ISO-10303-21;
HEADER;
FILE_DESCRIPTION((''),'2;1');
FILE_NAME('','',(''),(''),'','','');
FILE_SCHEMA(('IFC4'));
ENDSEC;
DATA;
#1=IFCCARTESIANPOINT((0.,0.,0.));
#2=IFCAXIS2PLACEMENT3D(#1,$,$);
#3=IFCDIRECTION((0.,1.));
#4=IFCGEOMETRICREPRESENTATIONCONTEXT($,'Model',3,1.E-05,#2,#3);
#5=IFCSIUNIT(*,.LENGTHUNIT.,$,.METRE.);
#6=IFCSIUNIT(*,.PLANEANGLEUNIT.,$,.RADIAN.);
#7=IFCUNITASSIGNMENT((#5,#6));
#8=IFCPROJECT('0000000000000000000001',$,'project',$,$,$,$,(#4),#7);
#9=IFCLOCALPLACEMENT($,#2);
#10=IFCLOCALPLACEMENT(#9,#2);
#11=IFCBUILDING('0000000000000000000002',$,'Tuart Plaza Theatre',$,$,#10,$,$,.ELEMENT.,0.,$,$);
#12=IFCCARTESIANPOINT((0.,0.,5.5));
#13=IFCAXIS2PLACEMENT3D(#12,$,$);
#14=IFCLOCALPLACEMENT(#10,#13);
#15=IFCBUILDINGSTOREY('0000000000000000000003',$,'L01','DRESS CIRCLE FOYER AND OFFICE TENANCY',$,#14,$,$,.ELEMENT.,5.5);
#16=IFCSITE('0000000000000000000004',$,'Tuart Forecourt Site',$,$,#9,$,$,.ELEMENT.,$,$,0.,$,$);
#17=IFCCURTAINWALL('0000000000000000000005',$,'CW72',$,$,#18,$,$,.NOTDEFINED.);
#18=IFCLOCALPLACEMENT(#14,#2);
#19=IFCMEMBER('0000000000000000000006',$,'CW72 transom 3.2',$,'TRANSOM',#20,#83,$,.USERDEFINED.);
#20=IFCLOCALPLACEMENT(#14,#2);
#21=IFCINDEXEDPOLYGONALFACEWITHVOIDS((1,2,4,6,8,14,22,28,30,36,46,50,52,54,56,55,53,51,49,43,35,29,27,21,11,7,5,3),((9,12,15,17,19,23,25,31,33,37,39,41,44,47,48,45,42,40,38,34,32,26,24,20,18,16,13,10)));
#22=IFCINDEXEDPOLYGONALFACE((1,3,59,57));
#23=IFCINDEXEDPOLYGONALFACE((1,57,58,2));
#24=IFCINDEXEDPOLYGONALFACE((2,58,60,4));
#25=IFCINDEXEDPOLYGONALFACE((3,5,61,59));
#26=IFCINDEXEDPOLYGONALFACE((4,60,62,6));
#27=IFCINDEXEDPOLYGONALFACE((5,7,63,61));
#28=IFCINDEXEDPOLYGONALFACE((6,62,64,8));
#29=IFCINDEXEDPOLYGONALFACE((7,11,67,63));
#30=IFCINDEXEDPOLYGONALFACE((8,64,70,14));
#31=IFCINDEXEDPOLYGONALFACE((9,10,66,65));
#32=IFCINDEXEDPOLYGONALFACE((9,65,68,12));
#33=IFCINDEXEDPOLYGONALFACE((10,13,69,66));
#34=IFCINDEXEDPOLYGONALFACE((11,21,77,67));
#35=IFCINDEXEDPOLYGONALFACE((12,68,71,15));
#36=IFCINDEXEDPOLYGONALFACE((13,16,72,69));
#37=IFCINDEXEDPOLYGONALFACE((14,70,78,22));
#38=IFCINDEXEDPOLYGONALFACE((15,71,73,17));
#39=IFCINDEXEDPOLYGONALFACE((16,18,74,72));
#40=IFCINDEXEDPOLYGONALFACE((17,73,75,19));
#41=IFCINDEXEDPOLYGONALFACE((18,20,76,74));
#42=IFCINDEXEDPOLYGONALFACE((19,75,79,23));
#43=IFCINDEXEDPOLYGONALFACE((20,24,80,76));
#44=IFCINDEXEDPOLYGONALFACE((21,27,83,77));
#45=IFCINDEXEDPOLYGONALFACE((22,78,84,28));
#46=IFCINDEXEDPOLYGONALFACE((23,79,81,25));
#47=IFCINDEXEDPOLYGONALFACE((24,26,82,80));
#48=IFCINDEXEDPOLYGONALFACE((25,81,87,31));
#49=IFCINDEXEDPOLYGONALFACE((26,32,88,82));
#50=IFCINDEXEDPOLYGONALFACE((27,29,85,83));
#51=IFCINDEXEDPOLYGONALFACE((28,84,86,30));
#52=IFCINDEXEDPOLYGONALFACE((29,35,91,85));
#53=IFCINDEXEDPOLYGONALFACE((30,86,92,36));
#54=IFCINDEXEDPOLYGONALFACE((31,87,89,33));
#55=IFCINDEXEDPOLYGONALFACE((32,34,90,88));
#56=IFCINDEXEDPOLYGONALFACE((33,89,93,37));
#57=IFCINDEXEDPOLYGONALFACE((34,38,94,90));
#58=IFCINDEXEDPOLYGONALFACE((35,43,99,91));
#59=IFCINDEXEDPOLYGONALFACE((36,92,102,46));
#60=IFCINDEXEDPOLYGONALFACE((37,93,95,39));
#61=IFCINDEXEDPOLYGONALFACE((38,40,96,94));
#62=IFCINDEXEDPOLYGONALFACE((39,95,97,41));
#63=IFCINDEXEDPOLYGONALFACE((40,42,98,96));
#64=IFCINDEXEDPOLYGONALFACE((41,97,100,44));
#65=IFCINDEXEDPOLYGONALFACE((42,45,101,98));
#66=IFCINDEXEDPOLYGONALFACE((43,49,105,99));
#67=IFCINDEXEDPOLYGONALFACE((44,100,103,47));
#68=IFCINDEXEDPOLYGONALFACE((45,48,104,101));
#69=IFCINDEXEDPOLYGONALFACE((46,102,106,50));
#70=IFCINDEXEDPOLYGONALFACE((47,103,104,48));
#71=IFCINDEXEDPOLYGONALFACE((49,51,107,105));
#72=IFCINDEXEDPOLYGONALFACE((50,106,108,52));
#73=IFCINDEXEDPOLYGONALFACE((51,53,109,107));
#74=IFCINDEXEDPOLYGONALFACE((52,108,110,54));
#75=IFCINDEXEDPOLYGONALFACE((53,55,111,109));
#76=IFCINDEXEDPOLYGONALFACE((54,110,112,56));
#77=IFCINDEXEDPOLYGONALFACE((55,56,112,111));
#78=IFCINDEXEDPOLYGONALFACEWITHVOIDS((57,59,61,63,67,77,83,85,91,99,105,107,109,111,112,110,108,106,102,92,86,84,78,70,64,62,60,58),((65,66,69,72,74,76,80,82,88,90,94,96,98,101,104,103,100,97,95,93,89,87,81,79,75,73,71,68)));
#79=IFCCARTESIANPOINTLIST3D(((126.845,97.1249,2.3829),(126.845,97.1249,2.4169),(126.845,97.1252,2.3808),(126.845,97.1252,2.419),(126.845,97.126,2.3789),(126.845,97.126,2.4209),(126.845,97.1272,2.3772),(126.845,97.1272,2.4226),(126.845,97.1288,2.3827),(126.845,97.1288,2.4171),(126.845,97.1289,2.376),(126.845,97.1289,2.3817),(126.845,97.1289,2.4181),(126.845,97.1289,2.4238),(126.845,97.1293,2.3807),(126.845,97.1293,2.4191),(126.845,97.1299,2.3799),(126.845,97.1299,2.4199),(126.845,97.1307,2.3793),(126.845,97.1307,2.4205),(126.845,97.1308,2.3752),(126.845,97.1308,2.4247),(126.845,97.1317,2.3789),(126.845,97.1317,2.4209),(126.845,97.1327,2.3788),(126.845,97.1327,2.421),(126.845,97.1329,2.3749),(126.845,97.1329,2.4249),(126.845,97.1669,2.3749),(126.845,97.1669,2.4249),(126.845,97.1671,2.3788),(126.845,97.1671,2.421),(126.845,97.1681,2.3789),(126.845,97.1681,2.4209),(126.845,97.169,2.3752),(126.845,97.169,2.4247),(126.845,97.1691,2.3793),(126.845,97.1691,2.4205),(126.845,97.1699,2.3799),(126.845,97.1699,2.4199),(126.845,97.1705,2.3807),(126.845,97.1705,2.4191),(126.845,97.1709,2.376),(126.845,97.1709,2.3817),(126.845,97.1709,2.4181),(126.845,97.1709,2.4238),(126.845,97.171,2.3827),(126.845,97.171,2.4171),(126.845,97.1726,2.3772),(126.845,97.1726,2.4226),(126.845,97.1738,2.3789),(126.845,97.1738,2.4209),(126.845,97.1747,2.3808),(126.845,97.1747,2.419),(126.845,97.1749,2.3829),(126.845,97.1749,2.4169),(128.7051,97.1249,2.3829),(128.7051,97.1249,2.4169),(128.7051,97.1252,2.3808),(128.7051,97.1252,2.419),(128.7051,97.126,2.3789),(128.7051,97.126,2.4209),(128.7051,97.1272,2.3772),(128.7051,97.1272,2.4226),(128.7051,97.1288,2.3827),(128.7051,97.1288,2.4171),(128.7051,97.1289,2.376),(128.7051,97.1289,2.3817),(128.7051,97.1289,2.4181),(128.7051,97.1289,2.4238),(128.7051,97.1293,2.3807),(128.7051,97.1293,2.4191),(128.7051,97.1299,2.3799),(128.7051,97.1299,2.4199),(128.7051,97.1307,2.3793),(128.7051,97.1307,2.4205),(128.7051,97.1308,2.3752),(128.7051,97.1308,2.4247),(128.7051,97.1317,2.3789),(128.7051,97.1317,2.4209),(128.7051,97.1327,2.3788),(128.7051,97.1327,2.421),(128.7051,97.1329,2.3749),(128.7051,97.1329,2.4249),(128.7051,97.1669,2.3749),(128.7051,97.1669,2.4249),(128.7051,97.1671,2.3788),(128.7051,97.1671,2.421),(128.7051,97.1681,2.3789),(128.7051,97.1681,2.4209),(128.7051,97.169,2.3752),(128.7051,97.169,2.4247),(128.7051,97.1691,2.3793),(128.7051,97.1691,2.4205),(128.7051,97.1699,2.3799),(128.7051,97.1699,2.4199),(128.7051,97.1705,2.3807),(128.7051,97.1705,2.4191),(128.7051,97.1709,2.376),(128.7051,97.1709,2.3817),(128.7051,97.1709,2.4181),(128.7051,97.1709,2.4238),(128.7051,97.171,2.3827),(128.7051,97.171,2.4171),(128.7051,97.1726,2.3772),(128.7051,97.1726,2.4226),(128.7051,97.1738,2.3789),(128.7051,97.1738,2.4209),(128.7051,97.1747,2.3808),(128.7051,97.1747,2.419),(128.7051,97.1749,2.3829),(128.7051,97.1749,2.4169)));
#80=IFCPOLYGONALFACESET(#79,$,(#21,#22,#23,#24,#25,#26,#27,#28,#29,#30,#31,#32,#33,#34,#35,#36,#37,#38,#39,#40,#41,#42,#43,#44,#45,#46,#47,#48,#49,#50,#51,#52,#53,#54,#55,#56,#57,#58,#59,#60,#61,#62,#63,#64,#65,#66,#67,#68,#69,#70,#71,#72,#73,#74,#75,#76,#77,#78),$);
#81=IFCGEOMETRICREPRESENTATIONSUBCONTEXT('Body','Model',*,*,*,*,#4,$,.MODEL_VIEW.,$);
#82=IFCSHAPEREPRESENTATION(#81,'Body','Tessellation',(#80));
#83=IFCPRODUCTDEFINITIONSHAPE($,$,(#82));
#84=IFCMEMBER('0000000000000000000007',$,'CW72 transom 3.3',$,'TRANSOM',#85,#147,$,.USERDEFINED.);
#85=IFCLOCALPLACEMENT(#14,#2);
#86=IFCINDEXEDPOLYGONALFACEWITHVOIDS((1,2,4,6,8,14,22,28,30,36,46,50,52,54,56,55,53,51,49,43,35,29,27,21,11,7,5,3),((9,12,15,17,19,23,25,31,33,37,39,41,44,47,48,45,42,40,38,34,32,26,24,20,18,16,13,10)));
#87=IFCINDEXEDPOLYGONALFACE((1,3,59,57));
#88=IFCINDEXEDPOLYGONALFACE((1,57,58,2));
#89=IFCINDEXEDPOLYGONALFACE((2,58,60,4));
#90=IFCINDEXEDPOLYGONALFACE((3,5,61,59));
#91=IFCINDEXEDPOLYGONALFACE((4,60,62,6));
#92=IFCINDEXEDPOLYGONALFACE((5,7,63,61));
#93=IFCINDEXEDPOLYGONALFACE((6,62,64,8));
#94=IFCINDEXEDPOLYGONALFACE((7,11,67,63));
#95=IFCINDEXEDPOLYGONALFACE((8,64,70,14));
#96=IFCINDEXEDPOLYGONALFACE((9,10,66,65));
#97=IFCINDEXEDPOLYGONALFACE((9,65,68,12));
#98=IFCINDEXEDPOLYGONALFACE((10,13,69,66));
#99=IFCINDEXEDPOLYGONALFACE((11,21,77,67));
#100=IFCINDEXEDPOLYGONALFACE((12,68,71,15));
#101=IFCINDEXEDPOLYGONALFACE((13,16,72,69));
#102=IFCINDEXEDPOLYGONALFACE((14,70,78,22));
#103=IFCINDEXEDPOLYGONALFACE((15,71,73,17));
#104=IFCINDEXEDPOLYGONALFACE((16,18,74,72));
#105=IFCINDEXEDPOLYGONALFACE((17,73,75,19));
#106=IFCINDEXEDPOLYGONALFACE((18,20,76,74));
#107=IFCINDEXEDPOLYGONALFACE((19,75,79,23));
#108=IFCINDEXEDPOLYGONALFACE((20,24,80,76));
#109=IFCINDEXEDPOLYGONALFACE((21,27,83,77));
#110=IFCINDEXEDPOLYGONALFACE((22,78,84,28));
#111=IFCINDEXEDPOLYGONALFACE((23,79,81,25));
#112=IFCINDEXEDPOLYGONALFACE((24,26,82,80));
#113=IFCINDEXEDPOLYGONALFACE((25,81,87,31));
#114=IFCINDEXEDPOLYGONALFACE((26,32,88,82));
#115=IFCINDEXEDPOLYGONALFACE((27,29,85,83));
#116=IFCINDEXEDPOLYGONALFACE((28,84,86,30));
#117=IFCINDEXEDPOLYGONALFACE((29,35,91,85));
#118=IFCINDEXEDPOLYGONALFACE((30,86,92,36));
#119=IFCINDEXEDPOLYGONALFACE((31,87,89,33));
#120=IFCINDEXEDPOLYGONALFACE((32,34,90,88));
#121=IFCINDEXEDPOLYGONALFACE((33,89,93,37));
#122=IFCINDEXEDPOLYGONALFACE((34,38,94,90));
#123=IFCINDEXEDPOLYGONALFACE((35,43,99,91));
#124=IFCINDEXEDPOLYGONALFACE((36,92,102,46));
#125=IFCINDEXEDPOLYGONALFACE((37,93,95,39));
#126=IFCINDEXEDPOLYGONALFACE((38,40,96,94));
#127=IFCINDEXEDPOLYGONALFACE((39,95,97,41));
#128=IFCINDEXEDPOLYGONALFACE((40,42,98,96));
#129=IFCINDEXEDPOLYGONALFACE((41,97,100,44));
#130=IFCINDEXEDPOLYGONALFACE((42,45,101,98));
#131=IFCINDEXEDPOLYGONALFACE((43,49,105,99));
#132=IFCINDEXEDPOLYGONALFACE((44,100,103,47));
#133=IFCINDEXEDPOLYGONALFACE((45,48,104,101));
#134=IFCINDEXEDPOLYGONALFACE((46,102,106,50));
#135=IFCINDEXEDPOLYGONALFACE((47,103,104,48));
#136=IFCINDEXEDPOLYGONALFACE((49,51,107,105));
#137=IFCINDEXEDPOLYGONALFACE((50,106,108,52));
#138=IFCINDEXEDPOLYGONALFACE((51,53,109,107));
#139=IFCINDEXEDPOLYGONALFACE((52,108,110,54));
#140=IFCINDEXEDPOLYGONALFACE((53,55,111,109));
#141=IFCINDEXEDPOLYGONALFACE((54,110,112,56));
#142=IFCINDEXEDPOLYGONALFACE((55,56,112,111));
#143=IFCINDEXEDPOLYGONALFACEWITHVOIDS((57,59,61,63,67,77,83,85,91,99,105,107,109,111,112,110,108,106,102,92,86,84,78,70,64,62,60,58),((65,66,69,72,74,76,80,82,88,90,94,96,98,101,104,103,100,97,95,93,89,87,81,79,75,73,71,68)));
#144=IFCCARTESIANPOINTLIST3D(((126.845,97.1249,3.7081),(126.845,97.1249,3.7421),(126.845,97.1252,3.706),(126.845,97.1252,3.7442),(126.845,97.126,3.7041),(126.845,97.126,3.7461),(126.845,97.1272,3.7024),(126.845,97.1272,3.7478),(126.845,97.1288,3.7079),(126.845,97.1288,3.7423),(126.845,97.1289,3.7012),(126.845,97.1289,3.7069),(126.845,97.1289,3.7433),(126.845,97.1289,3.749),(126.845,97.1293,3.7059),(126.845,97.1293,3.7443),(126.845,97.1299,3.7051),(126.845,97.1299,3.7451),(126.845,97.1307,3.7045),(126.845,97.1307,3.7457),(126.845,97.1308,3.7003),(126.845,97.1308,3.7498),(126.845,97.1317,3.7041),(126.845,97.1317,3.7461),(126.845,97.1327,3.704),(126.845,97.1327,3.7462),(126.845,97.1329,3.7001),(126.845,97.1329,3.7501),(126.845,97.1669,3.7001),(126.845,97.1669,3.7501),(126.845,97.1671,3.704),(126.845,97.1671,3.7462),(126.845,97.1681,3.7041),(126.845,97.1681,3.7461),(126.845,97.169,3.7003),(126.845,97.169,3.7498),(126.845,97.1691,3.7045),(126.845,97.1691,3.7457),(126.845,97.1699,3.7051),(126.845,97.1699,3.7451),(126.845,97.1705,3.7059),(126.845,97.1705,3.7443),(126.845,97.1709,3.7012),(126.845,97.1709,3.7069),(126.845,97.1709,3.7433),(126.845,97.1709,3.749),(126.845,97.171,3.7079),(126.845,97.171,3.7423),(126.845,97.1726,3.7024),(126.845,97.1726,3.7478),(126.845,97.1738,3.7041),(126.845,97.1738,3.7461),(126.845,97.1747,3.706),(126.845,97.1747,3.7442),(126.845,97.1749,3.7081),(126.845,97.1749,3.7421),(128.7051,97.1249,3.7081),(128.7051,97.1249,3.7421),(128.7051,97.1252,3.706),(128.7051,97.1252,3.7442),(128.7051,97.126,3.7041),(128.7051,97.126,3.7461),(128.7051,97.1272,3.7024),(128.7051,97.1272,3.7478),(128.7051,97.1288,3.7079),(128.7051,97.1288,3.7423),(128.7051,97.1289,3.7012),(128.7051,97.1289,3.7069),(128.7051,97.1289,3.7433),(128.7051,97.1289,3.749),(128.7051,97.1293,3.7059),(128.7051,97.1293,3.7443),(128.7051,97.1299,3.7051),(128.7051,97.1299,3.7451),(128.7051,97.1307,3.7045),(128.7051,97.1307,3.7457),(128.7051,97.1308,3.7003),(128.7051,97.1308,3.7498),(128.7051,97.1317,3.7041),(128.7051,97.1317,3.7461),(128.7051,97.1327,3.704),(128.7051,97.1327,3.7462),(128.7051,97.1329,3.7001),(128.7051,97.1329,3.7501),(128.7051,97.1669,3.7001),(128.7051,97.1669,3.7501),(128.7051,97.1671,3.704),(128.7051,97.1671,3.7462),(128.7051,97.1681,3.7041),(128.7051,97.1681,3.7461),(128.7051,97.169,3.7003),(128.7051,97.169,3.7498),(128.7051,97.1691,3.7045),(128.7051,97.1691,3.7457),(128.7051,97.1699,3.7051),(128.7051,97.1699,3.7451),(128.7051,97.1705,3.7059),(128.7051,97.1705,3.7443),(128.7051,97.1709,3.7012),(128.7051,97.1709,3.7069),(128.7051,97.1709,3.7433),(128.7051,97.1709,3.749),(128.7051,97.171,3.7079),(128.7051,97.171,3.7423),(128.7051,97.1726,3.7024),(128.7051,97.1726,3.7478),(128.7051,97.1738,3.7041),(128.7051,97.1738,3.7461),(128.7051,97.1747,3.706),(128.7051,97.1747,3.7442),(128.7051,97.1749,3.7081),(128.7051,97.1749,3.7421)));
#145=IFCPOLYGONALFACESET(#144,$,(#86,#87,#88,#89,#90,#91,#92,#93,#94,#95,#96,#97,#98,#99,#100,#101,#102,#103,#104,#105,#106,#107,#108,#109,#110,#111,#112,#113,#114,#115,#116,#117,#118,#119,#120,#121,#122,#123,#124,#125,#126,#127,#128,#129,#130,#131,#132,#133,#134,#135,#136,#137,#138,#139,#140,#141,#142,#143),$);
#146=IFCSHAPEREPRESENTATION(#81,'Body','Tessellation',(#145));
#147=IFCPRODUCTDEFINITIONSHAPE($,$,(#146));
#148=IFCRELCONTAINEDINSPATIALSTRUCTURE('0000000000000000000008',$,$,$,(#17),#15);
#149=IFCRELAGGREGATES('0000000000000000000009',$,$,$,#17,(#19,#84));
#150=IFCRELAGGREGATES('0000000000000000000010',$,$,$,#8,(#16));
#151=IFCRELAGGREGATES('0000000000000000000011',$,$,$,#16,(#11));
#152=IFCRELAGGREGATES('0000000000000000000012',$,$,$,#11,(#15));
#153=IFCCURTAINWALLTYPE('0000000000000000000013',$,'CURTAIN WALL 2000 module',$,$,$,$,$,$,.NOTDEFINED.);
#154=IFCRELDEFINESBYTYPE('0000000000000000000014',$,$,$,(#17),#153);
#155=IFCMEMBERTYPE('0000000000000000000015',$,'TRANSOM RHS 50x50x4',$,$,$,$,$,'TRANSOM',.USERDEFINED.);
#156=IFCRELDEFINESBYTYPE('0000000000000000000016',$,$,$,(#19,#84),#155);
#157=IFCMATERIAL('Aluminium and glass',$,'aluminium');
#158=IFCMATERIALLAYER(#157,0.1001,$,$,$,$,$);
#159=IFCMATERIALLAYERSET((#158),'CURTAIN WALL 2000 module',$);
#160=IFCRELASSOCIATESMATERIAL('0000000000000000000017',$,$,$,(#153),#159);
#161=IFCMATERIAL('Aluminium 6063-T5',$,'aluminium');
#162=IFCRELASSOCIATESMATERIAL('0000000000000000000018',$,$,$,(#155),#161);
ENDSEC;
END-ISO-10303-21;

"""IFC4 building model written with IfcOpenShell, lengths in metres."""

from ifc_helpers import new_model, si_unit, direction, frame, origin, origin_2d, place, context, subcontext, project, spatial, hollow_rectangle, extrude, material, layer, layer_set, material_profile, profile_set, type_object, element, aggregate, save


model = new_model("IFC4")

# Units and contexts
model_context = context("Model", 3, precision=1e-05, world=origin(), true_north=direction((0.0, 1.0)))
body_context = subcontext(model_context, "Body", "Model", "MODEL_VIEW")
ifc_project = project(units=[si_unit("LENGTHUNIT", "METRE"), si_unit("PLANEANGLEUNIT", "RADIAN")], contexts=[model_context])

# Site, building, storey
site_placement = place(None, origin())
site = spatial("IfcSite", under=ifc_project, at=site_placement, Name="Tuart Forecourt Site", CompositionType="ELEMENT", RefElevation=0.0)
building_placement = place(site_placement, origin())
building = spatial("IfcBuilding", under=site, at=building_placement, Name="Tuart Plaza Theatre", CompositionType="ELEMENT", ElevationOfRefHeight=0.0)
storey_placement = place(building_placement, frame((0.0, 0.0, 5.5)))
storey = spatial("IfcBuildingStorey", under=building, at=storey_placement, Name="L01", Description="DRESS CIRCLE FOYER AND OFFICE TENANCY", CompositionType="ELEMENT", Elevation=5.5)

# Curtain wall, members
ifc_material_1 = material(Name="Aluminium and glass", Category="aluminium")
ifc_layer_1 = layer(ifc_material_1, 0.1001)
ifc_layer_set_1 = layer_set([ifc_layer_1], Name="CURTAIN WALL 2000 module")
curtain_wall_type = type_object("IfcCurtainWallType", Name="CURTAIN WALL 2000 module", PredefinedType="NOTDEFINED", material=ifc_layer_set_1)
curtain_wall_placement = place(storey_placement, origin())
curtain_wall = element("IfcCurtainWall", 1, at=curtain_wall_placement, inside=storey, type_object=curtain_wall_type, Name="CW72", PredefinedType="NOTDEFINED")
ifc_material_2 = material(Name="Aluminium 6063-T5", Category="aluminium")
ifc_material_profile_1 = material_profile(ifc_material_2, hollow_rectangle(XDim=0.05, YDim=0.05, WallThickness=0.0039, InnerFilletRadius=0.0039, OuterFilletRadius=0.0081, at=origin_2d()), Name="RHS 50x50x4")
ifc_profile_set_1 = profile_set([ifc_material_profile_1], Name="Aluminium 6063-T5")
member_type_1 = type_object("IfcMemberType", Name="TRANSOM RHS 50x50x4", ElementType="TRANSOM", PredefinedType="USERDEFINED", material=ifc_profile_set_1)
member_1_placement = place(storey_placement, frame((128.7051, 97.1499, 2.3999), z_axis=(-1.0, 0.0, 0.0), x_axis=(0.0, -1.0, 0.0)))
member_1 = element("IfcMember", 2, at=member_1_placement, type_object=member_type_1, Name="CW72 transom 3.2", ObjectType="TRANSOM", PredefinedType="USERDEFINED", context=body_context, shape_type="SweptSolid", body=[
    extrude(hollow_rectangle(XDim=0.05, YDim=0.05, WallThickness=0.0039, InnerFilletRadius=0.0039, OuterFilletRadius=0.0081, at=origin_2d()), origin(), (0.0, 0.0, 1.0), 1.8601),
])
member_2_placement = place(storey_placement, frame((128.7051, 97.1499, 3.7251), z_axis=(-1.0, 0.0, 0.0), x_axis=(0.0, -1.0, 0.0)))
member_2 = element("IfcMember", 3, at=member_2_placement, type_object=member_type_1, Name="CW72 transom 3.3", ObjectType="TRANSOM", PredefinedType="USERDEFINED", context=body_context, shape_type="SweptSolid", body=[
    extrude(hollow_rectangle(XDim=0.05, YDim=0.05, WallThickness=0.0039, InnerFilletRadius=0.0039, OuterFilletRadius=0.0081, at=origin_2d()), origin(), (0.0, 0.0, 1.0), 1.8601),
])
aggregate(curtain_wall, [member_1, member_2])

save(model, "model.ifc")
